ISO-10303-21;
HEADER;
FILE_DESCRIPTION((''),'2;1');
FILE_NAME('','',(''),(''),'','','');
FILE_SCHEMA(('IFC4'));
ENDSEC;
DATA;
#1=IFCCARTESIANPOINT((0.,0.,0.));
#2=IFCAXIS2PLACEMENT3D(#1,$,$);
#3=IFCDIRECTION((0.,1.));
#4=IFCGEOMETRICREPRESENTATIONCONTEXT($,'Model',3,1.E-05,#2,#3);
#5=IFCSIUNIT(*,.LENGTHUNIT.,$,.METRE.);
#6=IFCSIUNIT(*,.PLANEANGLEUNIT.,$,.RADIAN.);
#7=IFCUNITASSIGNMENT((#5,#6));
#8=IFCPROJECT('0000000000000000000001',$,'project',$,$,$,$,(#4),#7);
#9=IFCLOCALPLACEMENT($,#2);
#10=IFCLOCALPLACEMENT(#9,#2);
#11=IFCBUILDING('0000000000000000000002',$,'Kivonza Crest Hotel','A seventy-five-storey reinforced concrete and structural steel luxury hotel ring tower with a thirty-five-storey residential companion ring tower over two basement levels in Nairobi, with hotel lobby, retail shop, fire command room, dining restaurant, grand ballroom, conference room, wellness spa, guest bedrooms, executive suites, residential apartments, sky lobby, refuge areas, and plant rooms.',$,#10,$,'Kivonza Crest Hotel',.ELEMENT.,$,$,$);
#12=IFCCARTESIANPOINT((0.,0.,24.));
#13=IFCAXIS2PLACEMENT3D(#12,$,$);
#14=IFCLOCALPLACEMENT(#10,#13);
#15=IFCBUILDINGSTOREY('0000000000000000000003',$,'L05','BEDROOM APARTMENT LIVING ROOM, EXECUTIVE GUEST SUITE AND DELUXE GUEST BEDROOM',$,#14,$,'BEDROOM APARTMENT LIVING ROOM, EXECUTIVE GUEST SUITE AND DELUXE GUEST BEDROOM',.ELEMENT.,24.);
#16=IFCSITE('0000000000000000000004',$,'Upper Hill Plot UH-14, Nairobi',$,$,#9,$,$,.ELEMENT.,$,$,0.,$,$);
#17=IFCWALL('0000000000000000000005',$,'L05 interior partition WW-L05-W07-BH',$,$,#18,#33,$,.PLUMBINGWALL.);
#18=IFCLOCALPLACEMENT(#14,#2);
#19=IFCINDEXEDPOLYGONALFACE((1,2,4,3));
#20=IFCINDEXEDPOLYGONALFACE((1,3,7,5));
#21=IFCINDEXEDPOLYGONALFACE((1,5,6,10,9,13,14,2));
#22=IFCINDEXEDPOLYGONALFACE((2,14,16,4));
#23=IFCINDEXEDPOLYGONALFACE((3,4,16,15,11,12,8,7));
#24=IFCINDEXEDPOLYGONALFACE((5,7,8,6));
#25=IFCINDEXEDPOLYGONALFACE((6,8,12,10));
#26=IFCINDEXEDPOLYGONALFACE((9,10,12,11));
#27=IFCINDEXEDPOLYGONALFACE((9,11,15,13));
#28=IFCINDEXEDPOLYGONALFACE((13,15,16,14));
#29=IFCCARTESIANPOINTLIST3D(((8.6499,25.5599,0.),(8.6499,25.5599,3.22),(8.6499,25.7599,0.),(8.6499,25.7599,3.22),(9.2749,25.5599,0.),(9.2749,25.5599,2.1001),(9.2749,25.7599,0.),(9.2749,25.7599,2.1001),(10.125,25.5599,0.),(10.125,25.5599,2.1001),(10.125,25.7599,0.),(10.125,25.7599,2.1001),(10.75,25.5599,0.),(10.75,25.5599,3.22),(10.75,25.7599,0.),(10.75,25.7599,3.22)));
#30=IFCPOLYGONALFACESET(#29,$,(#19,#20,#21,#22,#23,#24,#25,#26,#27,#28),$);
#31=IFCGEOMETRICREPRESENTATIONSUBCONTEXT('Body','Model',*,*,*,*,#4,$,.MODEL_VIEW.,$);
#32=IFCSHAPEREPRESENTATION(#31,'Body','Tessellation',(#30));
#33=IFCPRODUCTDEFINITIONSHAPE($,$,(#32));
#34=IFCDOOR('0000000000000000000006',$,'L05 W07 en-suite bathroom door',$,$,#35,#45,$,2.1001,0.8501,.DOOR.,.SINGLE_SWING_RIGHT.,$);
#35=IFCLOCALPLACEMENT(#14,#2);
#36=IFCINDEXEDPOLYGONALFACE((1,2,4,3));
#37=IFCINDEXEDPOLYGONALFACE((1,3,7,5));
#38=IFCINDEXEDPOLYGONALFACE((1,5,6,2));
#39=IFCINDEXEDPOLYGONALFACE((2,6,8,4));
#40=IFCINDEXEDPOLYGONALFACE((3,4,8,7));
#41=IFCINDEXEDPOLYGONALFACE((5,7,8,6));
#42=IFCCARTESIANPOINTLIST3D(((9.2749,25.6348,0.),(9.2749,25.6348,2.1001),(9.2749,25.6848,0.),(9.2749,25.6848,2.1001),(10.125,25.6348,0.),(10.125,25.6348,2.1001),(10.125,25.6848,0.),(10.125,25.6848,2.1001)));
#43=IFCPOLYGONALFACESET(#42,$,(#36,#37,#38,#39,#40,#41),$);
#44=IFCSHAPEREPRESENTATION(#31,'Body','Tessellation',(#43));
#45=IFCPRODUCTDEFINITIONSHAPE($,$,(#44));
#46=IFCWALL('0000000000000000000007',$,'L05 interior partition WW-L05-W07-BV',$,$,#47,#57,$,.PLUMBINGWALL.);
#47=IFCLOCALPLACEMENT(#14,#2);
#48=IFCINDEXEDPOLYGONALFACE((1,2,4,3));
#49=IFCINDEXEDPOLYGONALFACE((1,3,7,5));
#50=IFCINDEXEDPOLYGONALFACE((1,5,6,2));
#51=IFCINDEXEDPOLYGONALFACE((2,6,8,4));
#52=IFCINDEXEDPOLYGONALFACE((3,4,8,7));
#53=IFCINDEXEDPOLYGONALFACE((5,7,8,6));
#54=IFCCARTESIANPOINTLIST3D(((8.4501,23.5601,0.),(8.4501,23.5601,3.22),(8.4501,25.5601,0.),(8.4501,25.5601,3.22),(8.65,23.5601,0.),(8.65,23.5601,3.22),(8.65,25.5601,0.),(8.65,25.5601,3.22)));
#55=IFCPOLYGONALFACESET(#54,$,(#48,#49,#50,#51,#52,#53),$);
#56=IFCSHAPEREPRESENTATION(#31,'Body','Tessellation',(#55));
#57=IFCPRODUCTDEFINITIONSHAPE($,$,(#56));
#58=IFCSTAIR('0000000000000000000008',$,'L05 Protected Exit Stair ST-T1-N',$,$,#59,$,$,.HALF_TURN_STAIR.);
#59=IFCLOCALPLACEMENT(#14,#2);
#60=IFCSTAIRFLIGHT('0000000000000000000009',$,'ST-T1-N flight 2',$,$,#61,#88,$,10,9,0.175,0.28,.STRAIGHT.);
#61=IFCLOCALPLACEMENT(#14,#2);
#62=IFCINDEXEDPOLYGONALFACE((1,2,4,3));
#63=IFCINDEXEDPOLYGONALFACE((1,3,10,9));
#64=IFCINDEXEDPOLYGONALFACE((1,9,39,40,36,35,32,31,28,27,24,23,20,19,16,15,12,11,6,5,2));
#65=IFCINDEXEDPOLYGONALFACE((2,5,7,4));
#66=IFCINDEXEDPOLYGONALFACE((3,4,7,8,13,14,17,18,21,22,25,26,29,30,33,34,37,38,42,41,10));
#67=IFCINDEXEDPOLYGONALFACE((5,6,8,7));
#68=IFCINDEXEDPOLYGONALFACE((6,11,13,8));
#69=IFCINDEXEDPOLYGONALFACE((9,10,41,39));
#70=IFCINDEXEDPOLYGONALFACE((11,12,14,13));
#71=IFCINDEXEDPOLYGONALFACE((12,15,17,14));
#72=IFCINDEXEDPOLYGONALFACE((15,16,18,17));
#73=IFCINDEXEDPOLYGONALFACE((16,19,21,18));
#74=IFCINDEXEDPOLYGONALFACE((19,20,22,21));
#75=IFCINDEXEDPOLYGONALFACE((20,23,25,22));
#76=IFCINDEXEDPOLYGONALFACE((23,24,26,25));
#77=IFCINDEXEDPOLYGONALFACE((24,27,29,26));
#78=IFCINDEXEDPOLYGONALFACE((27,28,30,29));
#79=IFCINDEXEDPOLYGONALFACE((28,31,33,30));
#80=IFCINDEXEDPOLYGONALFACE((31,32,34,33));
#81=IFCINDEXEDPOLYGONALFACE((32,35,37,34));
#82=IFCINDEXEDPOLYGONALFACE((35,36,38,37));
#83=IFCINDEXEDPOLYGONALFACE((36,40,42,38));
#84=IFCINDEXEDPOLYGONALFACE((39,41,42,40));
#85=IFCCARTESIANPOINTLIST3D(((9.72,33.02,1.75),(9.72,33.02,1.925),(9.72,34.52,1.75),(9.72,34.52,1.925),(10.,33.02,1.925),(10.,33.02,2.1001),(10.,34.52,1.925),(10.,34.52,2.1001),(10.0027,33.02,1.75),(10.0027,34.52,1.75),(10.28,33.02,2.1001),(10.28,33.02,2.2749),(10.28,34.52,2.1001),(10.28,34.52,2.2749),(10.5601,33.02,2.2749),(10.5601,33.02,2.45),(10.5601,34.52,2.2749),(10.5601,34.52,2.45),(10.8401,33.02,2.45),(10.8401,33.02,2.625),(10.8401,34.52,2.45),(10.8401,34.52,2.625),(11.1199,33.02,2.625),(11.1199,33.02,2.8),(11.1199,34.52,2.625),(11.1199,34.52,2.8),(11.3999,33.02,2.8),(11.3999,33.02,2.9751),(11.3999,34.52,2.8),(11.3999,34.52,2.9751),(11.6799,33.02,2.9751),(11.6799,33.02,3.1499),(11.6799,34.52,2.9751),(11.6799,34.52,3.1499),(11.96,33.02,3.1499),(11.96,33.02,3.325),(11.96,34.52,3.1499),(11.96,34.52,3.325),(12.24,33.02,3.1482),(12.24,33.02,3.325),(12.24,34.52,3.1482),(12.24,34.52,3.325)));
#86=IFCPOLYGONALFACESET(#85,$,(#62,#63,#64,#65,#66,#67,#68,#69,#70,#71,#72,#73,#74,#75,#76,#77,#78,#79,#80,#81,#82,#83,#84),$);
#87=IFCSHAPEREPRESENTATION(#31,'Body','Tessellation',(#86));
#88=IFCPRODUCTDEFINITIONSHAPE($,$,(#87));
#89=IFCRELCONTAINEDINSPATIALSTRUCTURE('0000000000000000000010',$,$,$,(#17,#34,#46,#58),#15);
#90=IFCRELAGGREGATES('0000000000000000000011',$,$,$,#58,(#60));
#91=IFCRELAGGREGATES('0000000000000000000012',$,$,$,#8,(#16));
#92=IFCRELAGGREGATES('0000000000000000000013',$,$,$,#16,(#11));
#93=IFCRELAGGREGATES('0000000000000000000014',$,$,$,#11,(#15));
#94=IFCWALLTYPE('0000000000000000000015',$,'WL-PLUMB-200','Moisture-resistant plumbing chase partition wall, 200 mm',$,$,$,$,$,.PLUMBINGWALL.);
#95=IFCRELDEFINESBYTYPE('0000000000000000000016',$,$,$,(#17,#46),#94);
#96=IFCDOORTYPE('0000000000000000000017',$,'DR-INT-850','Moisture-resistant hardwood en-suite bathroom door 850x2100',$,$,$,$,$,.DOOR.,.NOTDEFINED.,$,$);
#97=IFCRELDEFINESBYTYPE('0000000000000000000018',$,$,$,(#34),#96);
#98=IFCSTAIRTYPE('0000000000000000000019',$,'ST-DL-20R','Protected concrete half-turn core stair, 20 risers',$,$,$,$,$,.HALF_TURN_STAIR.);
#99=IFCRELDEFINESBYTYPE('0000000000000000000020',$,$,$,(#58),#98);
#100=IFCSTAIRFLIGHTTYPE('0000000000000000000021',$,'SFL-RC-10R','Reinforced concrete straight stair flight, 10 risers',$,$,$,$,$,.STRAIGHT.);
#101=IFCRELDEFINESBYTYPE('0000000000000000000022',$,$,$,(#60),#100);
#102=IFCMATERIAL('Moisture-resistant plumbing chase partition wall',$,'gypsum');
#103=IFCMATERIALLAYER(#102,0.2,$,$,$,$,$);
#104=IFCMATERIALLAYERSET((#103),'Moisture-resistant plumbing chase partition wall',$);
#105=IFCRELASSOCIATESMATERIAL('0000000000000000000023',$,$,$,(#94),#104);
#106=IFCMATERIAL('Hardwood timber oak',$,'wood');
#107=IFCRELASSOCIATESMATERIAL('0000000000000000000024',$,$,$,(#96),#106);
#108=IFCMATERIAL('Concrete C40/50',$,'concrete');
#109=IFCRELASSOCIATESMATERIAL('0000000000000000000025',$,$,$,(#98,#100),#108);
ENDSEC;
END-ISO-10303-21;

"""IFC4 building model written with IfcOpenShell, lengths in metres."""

from ifc_helpers import new_model, si_unit, direction, frame, frame_2d, origin, place, context, subcontext, project, spatial, polyline, rectangle, outline, extrude, material, layer, layer_set, type_object, element, fill, aggregate, save


model = new_model("IFC4")

# Units and contexts
model_context = context("Model", 3, precision=1e-05, world=origin(), true_north=direction((0.0, 1.0)))
body_context = subcontext(model_context, "Body", "Model", "MODEL_VIEW")
ifc_project = project(units=[si_unit("LENGTHUNIT", "METRE"), si_unit("PLANEANGLEUNIT", "RADIAN")], contexts=[model_context])

# Site, building, storey
site_placement = place(None, origin())
site = spatial("IfcSite", under=ifc_project, at=site_placement, Name="Upper Hill Plot UH-14, Nairobi", CompositionType="ELEMENT", RefElevation=0.0)
building_placement = place(site_placement, origin())
building = spatial("IfcBuilding", under=site, at=building_placement, Name="Kivonza Crest Hotel", Description="A seventy-five-storey reinforced concrete and structural steel luxury hotel ring tower with a thirty-five-storey residential companion ring tower over two basement levels in Nairobi, with hotel lobby, retail shop, fire command room, dining restaurant, grand ballroom, conference room, wellness spa, guest bedrooms, executive suites, residential apartments, sky lobby, refuge areas, and plant rooms.", LongName="Kivonza Crest Hotel", CompositionType="ELEMENT")
storey_placement = place(building_placement, frame((0.0, 0.0, 24.0)))
storey = spatial("IfcBuildingStorey", under=building, at=storey_placement, Name="L05", Description="BEDROOM APARTMENT LIVING ROOM, EXECUTIVE GUEST SUITE AND DELUXE GUEST BEDROOM", LongName="BEDROOM APARTMENT LIVING ROOM, EXECUTIVE GUEST SUITE AND DELUXE GUEST BEDROOM", CompositionType="ELEMENT", Elevation=24.0)

# Shared definitions
ifc_material_1 = material(Name="Hardwood timber oak", Category="wood")

# Wall, opening, door
ifc_material_2 = material(Name="Moisture-resistant plumbing chase partition wall", Category="gypsum")
ifc_layer_1 = layer(ifc_material_2, 0.2)
ifc_layer_set_1 = layer_set([ifc_layer_1], Name="Moisture-resistant plumbing chase partition wall")
wall_type_1 = type_object("IfcWallType", Name="WL-PLUMB-200", Description="Moisture-resistant plumbing chase partition wall, 200 mm", PredefinedType="PLUMBINGWALL", material=ifc_layer_set_1)
wall_1_placement = place(storey_placement, frame((8.6499, 25.6599, 0.0), z_axis=(0.0, 0.0, 1.0), x_axis=(1.0, 0.0, 0.0)))
wall_1 = element("IfcWall", 1, at=wall_1_placement, inside=storey, type_object=wall_type_1, Name="L05 interior partition WW-L05-W07-BH", PredefinedType="PLUMBINGWALL", context=body_context, shape_type="SweptSolid", body=[
    extrude(rectangle(XDim=2.1001, YDim=0.2, at=frame_2d((1.05, 0.0))), origin(), (0.0, 0.0, 1.0), 3.22),
])
opening_1_placement = place(wall_1_placement, frame((0.625, 0.0, 0.0)))
opening_1 = element("IfcOpeningElement", 2, at=opening_1_placement, cuts=wall_1, PredefinedType="OPENING", context=body_context, shape_type="SweptSolid", body=[
    extrude(rectangle(XDim=0.8501, YDim=2.1001, at=frame_2d((0.425, 1.05))), frame((0.0, 0.1099, 0.0), z_axis=(0.0, -1.0, 0.0), x_axis=(1.0, 0.0, 0.0)), (0.0, 0.0, 1.0), 0.22),
])
door_type_1 = type_object("IfcDoorType", Name="DR-INT-850", Description="Moisture-resistant hardwood en-suite bathroom door 850x2100", OperationType="NOTDEFINED", PredefinedType="DOOR", material=ifc_material_1)
door_1_placement = place(opening_1_placement, origin())
door_1 = element("IfcDoor", 3, at=door_1_placement, inside=storey, type_object=door_type_1, Name="L05 W07 en-suite bathroom door", OperationType="SINGLE_SWING_RIGHT", OverallHeight=2.1001, OverallWidth=0.8501, PredefinedType="DOOR", context=body_context, shape_type="SweptSolid", body=[
    extrude(rectangle(XDim=0.8501, YDim=2.1001, at=frame_2d((0.425, 1.05))), frame((0.0, 0.0249, 0.0), z_axis=(0.0, -1.0, 0.0), x_axis=(1.0, 0.0, 0.0)), (0.0, 0.0, 1.0), 0.05),
])
fill(opening_1, door_1)

# Wall
wall_2_placement = place(storey_placement, frame((8.55, 23.5601, 0.0), z_axis=(0.0, 0.0, 1.0), x_axis=(0.0, 1.0, 0.0)))
element("IfcWall", 4, at=wall_2_placement, inside=storey, type_object=wall_type_1, Name="L05 interior partition WW-L05-W07-BV", PredefinedType="PLUMBINGWALL", context=body_context, shape_type="SweptSolid", body=[
    extrude(rectangle(XDim=2.0, YDim=0.2, at=frame_2d((1.0, 0.0))), origin(), (0.0, 0.0, 1.0), 3.22),
])

# Stair, stair flight
ifc_material_3 = material(Name="Concrete C40/50", Category="concrete")
stair_type = type_object("IfcStairType", Name="ST-DL-20R", Description="Protected concrete half-turn core stair, 20 risers", PredefinedType="HALF_TURN_STAIR", material=ifc_material_3)
stair_placement = place(storey_placement, origin())
stair = element("IfcStair", 5, at=stair_placement, inside=storey, type_object=stair_type, Name="L05 Protected Exit Stair ST-T1-N", PredefinedType="HALF_TURN_STAIR")
stair_flight_type = type_object("IfcStairFlightType", Name="SFL-RC-10R", Description="Reinforced concrete straight stair flight, 10 risers", PredefinedType="STRAIGHT", material=ifc_material_3)
stair_flight_placement = place(storey_placement, frame((9.72, 33.77, 1.75), z_axis=(0.0, 0.0, 1.0), x_axis=(1.0, 0.0, 0.0)))
stair_flight = element("IfcStairFlight", 6, at=stair_flight_placement, type_object=stair_flight_type, Name="ST-T1-N flight 2", NumberOfRisers=10, NumberOfTreads=9, PredefinedType="STRAIGHT", RiserHeight=0.175, TreadLength=0.28, context=body_context, shape_type="SweptSolid", body=[
    extrude(outline(polyline([(0.0, 0.0), (0.0, 0.175), (0.28, 0.175), (0.28, 0.3501), (0.5601, 0.3501), (0.5601, 0.5249), (0.8401, 0.5249), (0.8401, 0.7), (1.1201, 0.7), (1.1201, 0.875), (1.3999, 0.875), (1.3999, 1.05), (1.6799, 1.05), (1.6799, 1.2251), (1.96, 1.2251), (1.96, 1.3999), (2.24, 1.3999), (2.24, 1.575), (2.52, 1.575), (2.52, 1.75), (2.52, 1.3982), (0.2827, 0.0), (0.0, 0.0)])), frame((0.0, 0.75, 0.0), z_axis=(0.0, -1.0, 0.0), x_axis=(1.0, 0.0, 0.0)), (0.0, 0.0, 1.0), 1.5),
])
aggregate(stair, [stair_flight])

save(model, "model.ifc")
